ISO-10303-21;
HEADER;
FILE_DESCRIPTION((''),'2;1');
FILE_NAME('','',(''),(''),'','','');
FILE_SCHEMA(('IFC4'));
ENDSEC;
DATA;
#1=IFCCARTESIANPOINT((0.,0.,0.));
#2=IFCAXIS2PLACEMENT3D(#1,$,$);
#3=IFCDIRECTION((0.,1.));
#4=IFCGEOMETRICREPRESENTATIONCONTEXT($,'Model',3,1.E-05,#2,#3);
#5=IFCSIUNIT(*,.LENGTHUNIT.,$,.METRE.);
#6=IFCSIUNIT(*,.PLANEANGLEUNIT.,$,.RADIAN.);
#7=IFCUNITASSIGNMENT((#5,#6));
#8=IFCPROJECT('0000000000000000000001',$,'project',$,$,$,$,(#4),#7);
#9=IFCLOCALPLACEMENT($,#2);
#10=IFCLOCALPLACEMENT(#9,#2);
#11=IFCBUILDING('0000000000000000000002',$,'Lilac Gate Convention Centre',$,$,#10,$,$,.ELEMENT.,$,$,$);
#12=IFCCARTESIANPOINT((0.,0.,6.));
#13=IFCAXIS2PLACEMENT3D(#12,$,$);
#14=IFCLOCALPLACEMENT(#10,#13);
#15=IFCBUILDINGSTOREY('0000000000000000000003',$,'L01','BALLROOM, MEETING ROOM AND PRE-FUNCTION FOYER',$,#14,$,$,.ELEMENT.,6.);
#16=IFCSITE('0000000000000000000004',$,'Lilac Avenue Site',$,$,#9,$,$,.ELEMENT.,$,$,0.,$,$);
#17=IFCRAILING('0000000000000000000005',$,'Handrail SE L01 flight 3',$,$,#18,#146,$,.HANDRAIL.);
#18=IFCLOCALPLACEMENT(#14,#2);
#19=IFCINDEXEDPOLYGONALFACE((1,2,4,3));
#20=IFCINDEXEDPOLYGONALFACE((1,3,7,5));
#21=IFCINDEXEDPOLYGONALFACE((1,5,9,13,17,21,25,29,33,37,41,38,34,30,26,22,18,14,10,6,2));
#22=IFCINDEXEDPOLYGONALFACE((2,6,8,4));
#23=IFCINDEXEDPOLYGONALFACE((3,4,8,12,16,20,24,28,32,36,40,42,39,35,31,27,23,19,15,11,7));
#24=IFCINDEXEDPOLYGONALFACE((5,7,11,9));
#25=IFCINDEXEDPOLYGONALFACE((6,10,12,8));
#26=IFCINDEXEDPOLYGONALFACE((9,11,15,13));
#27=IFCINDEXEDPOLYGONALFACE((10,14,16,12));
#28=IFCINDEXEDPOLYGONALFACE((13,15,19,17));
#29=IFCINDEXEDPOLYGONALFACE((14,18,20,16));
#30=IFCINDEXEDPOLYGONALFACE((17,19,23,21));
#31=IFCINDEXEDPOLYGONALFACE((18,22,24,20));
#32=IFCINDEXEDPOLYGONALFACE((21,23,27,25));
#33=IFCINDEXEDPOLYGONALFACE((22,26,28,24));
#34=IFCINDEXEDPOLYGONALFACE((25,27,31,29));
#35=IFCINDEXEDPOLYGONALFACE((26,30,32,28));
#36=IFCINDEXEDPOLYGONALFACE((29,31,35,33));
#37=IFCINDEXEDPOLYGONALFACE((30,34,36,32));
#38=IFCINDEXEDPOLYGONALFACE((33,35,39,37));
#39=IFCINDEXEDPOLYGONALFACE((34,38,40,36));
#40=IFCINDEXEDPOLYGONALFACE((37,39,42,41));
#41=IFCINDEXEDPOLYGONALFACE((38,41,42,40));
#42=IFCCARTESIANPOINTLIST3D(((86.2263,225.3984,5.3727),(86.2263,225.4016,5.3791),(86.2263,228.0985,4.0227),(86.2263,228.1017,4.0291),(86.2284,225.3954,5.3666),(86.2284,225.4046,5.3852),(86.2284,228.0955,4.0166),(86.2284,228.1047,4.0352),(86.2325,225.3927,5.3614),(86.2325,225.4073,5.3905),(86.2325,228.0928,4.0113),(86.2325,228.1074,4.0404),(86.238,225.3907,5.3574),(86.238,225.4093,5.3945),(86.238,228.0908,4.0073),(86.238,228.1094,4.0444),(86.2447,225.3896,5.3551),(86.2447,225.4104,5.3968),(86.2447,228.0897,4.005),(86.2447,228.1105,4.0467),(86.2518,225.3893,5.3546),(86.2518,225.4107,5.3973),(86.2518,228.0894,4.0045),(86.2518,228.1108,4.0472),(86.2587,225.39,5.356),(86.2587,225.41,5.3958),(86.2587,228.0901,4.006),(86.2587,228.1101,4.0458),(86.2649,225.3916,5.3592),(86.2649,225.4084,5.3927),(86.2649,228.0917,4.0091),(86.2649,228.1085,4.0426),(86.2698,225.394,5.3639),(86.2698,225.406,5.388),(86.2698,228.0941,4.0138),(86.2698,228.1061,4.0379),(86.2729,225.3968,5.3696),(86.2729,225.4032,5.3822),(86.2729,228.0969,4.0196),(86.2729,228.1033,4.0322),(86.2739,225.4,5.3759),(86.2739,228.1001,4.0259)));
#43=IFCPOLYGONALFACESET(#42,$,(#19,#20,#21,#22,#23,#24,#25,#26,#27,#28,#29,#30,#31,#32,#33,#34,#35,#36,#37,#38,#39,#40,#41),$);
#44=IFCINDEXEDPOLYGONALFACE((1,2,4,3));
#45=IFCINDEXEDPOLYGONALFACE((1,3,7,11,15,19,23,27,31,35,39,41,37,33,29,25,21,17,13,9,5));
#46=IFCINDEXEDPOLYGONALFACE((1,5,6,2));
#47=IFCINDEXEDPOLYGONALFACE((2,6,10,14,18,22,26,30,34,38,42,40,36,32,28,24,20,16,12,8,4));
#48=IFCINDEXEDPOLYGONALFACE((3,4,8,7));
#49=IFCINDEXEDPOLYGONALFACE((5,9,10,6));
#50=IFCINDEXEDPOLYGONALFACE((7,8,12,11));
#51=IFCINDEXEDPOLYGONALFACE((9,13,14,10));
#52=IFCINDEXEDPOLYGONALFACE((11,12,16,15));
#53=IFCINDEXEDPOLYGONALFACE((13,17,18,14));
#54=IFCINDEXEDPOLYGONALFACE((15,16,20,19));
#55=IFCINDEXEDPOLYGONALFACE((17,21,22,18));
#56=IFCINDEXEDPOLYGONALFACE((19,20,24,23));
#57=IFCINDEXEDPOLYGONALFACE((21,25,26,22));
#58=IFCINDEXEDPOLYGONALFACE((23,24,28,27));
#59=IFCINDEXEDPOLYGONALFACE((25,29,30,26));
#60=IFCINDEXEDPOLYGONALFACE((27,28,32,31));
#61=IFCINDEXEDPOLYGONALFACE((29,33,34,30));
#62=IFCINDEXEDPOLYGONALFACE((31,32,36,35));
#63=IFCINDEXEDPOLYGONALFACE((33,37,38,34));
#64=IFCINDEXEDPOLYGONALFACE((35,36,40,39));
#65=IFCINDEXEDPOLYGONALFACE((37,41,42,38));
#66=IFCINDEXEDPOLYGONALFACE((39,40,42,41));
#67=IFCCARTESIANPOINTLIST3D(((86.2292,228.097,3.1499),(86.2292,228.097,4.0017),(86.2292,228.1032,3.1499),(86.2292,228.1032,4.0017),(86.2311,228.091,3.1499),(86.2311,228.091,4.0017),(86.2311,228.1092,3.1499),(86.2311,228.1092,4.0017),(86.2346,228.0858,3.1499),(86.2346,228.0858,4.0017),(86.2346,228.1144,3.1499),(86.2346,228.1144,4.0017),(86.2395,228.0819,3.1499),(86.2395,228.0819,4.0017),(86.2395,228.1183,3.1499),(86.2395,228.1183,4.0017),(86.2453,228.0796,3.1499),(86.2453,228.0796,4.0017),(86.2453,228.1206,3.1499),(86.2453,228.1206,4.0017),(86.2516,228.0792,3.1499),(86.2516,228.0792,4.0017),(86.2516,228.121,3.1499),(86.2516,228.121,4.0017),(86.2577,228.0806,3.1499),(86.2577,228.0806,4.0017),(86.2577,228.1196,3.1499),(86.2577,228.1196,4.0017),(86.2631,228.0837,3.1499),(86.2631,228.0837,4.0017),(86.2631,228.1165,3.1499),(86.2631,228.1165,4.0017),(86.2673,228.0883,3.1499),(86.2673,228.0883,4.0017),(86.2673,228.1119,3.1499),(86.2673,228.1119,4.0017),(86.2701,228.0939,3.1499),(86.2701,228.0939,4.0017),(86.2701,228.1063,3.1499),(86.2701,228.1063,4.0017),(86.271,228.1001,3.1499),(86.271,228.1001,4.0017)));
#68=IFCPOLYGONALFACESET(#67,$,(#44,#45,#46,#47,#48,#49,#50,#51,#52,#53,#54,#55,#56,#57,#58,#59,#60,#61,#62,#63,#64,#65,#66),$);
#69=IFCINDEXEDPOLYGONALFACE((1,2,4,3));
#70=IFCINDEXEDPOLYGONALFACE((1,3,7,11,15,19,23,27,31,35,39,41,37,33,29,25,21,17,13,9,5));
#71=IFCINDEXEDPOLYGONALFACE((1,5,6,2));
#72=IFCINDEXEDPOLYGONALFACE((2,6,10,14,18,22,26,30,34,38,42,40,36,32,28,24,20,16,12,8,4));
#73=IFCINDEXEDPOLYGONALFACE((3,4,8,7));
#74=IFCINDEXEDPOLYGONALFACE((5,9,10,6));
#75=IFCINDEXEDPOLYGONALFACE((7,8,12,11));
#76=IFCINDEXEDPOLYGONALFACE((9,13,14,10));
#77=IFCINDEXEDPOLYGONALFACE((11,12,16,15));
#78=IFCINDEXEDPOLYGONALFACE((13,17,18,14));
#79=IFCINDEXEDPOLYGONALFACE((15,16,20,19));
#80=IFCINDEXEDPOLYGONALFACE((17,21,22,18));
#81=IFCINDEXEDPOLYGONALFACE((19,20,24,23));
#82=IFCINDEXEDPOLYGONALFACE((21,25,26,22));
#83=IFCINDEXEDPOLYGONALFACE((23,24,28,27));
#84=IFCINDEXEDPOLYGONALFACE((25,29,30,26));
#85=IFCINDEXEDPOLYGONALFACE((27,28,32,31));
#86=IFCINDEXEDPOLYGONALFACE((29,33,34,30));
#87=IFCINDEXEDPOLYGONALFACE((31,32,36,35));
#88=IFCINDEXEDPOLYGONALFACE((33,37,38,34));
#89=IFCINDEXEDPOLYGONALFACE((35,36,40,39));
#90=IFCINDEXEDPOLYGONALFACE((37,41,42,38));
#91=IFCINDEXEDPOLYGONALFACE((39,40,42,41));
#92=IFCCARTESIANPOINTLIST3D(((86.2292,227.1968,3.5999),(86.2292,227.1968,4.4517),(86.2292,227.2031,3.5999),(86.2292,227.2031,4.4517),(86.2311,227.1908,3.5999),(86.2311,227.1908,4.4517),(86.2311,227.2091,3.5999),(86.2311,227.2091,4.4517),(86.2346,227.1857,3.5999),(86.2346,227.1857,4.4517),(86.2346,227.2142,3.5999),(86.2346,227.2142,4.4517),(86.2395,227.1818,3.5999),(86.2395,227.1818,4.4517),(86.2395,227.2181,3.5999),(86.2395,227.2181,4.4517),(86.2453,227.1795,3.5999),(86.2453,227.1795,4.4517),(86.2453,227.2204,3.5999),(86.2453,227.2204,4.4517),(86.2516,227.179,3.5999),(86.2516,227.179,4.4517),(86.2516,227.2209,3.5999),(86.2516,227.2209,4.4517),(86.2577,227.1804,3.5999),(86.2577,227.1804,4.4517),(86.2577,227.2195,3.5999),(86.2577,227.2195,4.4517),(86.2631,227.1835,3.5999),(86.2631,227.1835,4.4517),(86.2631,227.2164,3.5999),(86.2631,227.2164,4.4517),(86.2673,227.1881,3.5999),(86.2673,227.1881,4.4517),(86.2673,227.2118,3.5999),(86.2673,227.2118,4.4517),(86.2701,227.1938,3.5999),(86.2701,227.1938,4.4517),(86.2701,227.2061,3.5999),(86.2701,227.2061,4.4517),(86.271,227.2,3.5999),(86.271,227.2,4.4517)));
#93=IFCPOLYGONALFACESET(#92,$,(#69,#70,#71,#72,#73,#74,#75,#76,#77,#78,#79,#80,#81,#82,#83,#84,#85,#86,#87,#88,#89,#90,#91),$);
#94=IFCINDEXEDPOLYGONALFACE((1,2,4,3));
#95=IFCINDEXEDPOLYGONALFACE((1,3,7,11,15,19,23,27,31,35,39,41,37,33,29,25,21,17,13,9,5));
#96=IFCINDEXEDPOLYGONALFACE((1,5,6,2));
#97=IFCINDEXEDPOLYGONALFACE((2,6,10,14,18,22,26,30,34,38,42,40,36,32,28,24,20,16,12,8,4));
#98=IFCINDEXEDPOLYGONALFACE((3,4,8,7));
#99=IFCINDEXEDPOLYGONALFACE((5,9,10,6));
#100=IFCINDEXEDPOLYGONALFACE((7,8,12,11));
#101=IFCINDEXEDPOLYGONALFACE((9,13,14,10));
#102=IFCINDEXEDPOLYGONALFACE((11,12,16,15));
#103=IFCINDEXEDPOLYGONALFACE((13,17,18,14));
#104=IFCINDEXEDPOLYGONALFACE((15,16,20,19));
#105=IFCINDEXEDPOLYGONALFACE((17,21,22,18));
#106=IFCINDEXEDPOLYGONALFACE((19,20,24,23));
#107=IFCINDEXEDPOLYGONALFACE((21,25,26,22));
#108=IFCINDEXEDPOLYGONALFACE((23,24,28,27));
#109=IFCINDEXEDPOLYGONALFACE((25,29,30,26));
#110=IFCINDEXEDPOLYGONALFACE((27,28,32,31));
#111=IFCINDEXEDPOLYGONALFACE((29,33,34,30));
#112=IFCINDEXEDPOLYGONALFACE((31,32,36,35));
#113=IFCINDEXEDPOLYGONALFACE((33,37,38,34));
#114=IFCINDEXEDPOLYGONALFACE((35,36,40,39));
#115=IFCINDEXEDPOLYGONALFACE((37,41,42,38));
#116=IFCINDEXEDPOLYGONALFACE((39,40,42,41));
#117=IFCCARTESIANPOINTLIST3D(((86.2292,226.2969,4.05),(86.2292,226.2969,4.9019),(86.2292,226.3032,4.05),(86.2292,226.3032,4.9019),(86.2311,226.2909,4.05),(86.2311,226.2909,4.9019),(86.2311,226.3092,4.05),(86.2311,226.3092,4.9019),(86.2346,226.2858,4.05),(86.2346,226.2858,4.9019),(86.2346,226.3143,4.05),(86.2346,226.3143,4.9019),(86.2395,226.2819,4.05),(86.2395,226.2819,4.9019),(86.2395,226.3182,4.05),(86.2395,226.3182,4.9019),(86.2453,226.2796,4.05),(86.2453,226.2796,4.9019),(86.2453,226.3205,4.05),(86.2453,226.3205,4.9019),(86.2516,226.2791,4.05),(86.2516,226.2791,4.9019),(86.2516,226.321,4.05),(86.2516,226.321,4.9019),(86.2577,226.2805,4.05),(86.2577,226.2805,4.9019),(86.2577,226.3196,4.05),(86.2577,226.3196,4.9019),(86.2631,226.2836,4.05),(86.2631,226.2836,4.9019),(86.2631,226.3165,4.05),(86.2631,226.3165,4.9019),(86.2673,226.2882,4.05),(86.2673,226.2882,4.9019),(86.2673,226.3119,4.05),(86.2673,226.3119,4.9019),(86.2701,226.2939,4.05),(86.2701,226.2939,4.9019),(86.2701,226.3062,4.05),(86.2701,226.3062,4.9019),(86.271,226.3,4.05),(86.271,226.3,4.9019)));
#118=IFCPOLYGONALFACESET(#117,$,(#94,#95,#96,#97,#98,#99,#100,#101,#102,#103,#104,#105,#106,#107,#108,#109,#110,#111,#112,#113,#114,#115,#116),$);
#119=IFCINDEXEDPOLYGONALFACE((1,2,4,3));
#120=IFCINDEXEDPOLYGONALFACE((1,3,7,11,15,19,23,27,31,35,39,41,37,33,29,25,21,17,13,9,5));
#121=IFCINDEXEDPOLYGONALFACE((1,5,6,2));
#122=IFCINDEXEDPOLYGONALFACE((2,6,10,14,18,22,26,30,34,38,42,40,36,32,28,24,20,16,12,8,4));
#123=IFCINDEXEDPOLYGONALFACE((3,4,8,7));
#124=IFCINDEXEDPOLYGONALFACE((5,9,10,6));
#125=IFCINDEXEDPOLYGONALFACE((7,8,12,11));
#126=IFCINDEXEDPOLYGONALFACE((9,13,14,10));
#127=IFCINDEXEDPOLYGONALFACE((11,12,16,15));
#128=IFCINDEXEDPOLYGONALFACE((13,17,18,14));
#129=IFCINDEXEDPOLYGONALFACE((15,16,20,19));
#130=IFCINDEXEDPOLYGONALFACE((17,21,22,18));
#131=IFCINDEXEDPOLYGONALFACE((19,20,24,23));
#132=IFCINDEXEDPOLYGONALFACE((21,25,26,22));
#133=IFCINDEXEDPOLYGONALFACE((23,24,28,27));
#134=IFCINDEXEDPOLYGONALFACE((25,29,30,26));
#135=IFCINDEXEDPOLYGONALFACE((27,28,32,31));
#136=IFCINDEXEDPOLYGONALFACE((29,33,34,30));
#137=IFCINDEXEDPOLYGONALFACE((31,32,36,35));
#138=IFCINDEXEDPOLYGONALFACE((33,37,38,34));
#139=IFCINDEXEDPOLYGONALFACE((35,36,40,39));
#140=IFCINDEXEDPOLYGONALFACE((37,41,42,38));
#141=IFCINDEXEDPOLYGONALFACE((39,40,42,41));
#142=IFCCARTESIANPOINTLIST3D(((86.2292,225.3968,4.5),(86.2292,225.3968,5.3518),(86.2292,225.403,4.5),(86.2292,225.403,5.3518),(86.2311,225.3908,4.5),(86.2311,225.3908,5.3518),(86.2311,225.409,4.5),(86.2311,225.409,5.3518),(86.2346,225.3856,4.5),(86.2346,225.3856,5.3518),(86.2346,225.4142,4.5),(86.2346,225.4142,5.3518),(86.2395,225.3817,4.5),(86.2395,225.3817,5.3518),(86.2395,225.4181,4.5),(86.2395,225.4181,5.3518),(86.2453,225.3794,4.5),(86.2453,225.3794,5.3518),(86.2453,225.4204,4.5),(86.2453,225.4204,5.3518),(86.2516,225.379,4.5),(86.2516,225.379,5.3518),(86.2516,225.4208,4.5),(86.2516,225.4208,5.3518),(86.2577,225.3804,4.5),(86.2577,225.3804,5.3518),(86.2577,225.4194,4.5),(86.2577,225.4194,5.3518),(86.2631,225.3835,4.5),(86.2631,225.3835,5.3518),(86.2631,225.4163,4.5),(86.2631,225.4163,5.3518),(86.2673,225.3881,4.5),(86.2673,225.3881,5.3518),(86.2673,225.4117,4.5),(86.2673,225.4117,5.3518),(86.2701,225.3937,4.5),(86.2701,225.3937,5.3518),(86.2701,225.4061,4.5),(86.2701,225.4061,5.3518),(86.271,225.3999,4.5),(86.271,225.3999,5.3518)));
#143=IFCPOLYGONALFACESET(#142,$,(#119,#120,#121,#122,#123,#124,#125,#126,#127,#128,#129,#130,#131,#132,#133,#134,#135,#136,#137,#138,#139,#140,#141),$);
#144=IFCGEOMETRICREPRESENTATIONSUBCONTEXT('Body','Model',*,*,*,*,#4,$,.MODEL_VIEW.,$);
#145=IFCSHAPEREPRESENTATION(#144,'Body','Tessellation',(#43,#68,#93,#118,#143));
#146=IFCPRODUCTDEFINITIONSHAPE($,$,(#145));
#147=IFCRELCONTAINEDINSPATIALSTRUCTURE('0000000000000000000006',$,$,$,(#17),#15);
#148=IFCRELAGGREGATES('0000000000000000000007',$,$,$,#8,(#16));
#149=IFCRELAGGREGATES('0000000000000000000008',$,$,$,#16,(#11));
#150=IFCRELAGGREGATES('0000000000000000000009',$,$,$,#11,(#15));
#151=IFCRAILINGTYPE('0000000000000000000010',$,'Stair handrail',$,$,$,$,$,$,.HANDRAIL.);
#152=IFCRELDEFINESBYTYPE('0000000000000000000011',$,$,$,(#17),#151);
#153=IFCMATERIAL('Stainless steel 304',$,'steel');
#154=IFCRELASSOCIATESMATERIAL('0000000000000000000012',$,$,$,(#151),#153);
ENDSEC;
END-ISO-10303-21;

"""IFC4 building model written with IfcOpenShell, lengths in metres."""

from ifc_helpers import new_model, si_unit, direction, frame, origin, origin_2d, place, context, subcontext, project, spatial, circle, extrude, material, type_object, element, save


model = new_model("IFC4")

# Units and contexts
model_context = context("Model", 3, precision=1e-05, world=origin(), true_north=direction((0.0, 1.0)))
body_context = subcontext(model_context, "Body", "Model", "MODEL_VIEW")
ifc_project = project(units=[si_unit("LENGTHUNIT", "METRE"), si_unit("PLANEANGLEUNIT", "RADIAN")], contexts=[model_context])

# Site, building, storey
site_placement = place(None, origin())
site = spatial("IfcSite", under=ifc_project, at=site_placement, Name="Lilac Avenue Site", CompositionType="ELEMENT", RefElevation=0.0)
building_placement = place(site_placement, origin())
building = spatial("IfcBuilding", under=site, at=building_placement, Name="Lilac Gate Convention Centre", CompositionType="ELEMENT")
storey_placement = place(building_placement, frame((0.0, 0.0, 6.0)))
storey = spatial("IfcBuildingStorey", under=building, at=storey_placement, Name="L01", Description="BALLROOM, MEETING ROOM AND PRE-FUNCTION FOYER", CompositionType="ELEMENT", Elevation=6.0)

# Railing
ifc_material_1 = material(Name="Stainless steel 304", Category="steel")
railing_type = type_object("IfcRailingType", Name="Stair handrail", PredefinedType="HANDRAIL", material=ifc_material_1)
for number, where, name in (
    (1, (86.25, 228.1001, 3.1499), "Handrail SE L01 flight 3"),
):
    element("IfcRailing", number, at=place(storey_placement, frame(where)), inside=storey, type_object=railing_type, Name=name, PredefinedType="HANDRAIL", context=body_context, shape_type="SweptSolid", body=[
        extrude(circle(Radius=0.0239, at=origin_2d()), frame((0.0, 0.0, 0.876), z_axis=(0.0, -0.894427, 0.447214), x_axis=(1.0, 0.0, 0.0)), (0.0, 0.0, 1.0), 3.0188),
        extrude(circle(Radius=0.021, at=origin_2d()), origin(), (0.0, 0.0, 1.0), 0.8518),
        extrude(circle(Radius=0.021, at=origin_2d()), frame((0.0, -0.9001, 0.45)), (0.0, 0.0, 1.0), 0.8518),
        extrude(circle(Radius=0.021, at=origin_2d()), frame((0.0, -1.8, 0.9001)), (0.0, 0.0, 1.0), 0.8518),
        extrude(circle(Radius=0.021, at=origin_2d()), frame((0.0, -2.7002, 1.3501)), (0.0, 0.0, 1.0), 0.8518),
    ])

save(model, "model.ifc")
